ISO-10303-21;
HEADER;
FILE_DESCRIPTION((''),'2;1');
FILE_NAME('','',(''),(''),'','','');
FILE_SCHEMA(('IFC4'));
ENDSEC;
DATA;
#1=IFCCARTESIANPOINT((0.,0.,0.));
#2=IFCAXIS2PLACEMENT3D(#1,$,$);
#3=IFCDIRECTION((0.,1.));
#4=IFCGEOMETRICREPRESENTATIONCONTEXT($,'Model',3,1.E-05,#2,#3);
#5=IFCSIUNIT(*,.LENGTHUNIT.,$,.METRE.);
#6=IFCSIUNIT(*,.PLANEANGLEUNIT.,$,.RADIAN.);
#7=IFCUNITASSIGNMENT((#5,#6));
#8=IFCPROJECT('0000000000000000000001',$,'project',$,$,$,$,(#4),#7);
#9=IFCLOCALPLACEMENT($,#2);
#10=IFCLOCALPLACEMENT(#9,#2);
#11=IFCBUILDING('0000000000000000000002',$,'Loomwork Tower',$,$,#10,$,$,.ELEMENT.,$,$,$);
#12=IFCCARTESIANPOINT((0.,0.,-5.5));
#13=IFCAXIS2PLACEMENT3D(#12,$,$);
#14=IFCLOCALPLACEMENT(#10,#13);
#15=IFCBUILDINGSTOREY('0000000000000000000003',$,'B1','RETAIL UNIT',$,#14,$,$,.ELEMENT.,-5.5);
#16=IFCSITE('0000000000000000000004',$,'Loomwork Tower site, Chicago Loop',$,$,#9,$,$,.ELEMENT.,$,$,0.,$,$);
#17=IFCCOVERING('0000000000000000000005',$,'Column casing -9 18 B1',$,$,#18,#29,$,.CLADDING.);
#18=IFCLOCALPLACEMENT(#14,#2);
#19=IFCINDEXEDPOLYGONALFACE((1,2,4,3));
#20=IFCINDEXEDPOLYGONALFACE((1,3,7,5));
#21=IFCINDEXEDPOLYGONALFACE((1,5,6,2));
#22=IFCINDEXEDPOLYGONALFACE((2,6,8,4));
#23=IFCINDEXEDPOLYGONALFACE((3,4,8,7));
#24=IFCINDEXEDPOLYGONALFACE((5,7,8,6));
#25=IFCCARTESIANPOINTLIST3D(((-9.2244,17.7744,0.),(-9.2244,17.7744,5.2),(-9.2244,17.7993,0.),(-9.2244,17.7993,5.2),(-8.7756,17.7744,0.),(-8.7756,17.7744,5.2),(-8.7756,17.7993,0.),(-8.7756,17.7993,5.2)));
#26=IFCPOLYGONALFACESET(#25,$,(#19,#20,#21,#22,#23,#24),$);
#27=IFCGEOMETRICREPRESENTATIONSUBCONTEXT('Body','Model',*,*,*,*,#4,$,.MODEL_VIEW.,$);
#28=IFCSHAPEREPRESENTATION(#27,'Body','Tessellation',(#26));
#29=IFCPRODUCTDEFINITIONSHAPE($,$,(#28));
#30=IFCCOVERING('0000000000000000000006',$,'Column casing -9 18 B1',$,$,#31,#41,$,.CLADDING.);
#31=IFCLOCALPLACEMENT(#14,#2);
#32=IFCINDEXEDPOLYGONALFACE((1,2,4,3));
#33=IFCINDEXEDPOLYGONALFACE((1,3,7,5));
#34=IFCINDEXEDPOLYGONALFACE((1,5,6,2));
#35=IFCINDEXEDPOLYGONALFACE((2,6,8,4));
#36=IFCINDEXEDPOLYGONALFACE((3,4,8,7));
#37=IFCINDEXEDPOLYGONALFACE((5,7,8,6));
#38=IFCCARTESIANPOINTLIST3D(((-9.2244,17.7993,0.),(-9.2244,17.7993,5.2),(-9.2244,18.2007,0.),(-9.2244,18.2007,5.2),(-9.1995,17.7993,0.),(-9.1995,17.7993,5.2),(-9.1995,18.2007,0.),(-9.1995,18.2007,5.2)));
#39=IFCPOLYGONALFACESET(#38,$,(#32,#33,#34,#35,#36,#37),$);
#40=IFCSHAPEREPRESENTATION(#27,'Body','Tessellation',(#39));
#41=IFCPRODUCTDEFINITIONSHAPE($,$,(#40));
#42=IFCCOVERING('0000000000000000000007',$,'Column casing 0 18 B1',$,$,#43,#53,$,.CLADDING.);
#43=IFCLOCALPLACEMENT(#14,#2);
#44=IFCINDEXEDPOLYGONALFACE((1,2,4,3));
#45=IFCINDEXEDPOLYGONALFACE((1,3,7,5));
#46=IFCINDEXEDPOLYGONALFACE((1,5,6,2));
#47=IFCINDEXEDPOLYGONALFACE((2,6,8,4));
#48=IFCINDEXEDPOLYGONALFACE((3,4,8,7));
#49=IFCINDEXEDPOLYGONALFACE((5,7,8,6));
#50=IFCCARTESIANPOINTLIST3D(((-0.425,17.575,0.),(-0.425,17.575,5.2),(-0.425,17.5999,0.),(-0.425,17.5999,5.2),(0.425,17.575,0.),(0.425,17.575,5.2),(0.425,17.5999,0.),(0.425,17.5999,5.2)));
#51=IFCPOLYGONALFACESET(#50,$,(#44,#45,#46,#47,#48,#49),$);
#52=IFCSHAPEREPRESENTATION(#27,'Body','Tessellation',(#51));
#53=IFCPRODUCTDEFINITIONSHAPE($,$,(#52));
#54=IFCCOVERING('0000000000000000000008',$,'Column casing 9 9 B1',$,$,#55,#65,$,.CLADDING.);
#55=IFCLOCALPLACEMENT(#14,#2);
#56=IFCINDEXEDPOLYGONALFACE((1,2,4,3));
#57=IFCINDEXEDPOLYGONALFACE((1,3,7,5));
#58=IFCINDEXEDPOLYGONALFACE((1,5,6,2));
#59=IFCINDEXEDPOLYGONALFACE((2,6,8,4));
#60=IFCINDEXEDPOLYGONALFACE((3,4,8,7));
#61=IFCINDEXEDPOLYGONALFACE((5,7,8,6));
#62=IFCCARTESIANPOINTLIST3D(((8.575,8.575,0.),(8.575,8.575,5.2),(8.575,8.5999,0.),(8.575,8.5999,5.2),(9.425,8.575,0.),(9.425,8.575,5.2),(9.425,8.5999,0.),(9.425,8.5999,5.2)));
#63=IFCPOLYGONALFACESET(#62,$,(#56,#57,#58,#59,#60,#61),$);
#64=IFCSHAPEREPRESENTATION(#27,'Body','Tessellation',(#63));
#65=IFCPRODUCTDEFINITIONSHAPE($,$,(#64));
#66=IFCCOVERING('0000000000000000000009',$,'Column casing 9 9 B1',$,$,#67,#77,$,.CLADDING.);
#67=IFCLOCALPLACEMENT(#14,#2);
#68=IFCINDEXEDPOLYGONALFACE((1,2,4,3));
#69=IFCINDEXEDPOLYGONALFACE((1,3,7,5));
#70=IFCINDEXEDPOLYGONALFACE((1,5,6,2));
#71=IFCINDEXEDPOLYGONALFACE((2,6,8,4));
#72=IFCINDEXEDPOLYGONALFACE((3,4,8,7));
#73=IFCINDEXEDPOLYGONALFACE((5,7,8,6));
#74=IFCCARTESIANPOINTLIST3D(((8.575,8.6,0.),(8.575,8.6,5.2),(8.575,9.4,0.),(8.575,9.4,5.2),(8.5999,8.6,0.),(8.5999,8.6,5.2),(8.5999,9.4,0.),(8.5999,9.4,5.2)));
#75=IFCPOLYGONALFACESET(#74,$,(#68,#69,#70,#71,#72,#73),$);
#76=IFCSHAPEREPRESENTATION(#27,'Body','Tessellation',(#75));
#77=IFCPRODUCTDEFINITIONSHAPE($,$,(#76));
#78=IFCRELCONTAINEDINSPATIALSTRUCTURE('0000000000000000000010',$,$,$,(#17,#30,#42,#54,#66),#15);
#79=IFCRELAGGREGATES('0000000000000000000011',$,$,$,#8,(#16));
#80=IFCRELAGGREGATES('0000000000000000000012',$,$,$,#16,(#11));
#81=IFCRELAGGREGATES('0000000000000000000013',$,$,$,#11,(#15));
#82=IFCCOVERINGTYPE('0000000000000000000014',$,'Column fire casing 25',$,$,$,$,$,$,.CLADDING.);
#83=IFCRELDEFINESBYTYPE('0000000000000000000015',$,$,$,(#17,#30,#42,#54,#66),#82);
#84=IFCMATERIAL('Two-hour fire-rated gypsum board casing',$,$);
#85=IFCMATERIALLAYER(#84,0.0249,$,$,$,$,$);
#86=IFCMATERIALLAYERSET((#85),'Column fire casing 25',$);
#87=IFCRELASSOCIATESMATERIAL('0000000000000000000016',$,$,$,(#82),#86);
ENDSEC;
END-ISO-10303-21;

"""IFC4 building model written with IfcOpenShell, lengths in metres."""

from ifc_helpers import new_model, si_unit, direction, frame, origin, origin_2d, place, context, subcontext, project, spatial, rectangle, extrude, material, layer, layer_set, type_object, element, save


model = new_model("IFC4")

# Units and contexts
model_context = context("Model", 3, precision=1e-05, world=origin(), true_north=direction((0.0, 1.0)))
body_context = subcontext(model_context, "Body", "Model", "MODEL_VIEW")
ifc_project = project(units=[si_unit("LENGTHUNIT", "METRE"), si_unit("PLANEANGLEUNIT", "RADIAN")], contexts=[model_context])

# Site, building, storey
site_placement = place(None, origin())
site = spatial("IfcSite", under=ifc_project, at=site_placement, Name="Loomwork Tower site, Chicago Loop", CompositionType="ELEMENT", RefElevation=0.0)
building_placement = place(site_placement, origin())
building = spatial("IfcBuilding", under=site, at=building_placement, Name="Loomwork Tower", CompositionType="ELEMENT")
storey_placement = place(building_placement, frame((0.0, 0.0, -5.5)))
storey = spatial("IfcBuildingStorey", under=building, at=storey_placement, Name="B1", Description="RETAIL UNIT", CompositionType="ELEMENT", Elevation=-5.5)

# Coverings
ifc_material_1 = material(Name="Two-hour fire-rated gypsum board casing")
ifc_layer_1 = layer(ifc_material_1, 0.0249)
ifc_layer_set_1 = layer_set([ifc_layer_1], Name="Column fire casing 25")
covering_type = type_object("IfcCoveringType", Name="Column fire casing 25", PredefinedType="CLADDING", material=ifc_layer_set_1)
covering_1_placement = place(storey_placement, frame((-9.0, 17.7869, 0.0), z_axis=(0.0, 0.0, 1.0), x_axis=(1.0, 0.0, 0.0)))
element("IfcCovering", 1, at=covering_1_placement, inside=storey, type_object=covering_type, Name="Column casing -9 18 B1", PredefinedType="CLADDING", context=body_context, shape_type="SweptSolid", body=[
    extrude(rectangle(XDim=0.4487, YDim=0.0249, at=origin_2d()), origin(), (0.0, 0.0, 1.0), 5.2),
])
covering_2_placement = place(storey_placement, frame((-9.2119, 18.0, 0.0), z_axis=(0.0, 0.0, 1.0), x_axis=(1.0, 0.0, 0.0)))
element("IfcCovering", 2, at=covering_2_placement, inside=storey, type_object=covering_type, Name="Column casing -9 18 B1", PredefinedType="CLADDING", context=body_context, shape_type="SweptSolid", body=[
    extrude(rectangle(XDim=0.0249, YDim=0.4014, at=origin_2d()), origin(), (0.0, 0.0, 1.0), 5.2),
])
for number, where, z_axis, x_axis, name in (
    (3, (0.0, 17.5874, 0.0), (0.0, 0.0, 1.0), (1.0, 0.0, 0.0), "Column casing 0 18 B1"),
    (4, (9.0, 8.5874, 0.0), (0.0, 0.0, 1.0), (1.0, 0.0, 0.0), "Column casing 9 9 B1"),
):
    element("IfcCovering", number, at=place(storey_placement, frame(where, z_axis=z_axis, x_axis=x_axis)), inside=storey, type_object=covering_type, Name=name, PredefinedType="CLADDING", context=body_context, shape_type="SweptSolid", body=[
        extrude(rectangle(XDim=0.8501, YDim=0.0249, at=origin_2d()), origin(), (0.0, 0.0, 1.0), 5.2),
    ])
covering_3_placement = place(storey_placement, frame((8.5874, 9.0, 0.0), z_axis=(0.0, 0.0, 1.0), x_axis=(1.0, 0.0, 0.0)))
element("IfcCovering", 5, at=covering_3_placement, inside=storey, type_object=covering_type, Name="Column casing 9 9 B1", PredefinedType="CLADDING", context=body_context, shape_type="SweptSolid", body=[
    extrude(rectangle(XDim=0.0249, YDim=0.8, at=origin_2d()), origin(), (0.0, 0.0, 1.0), 5.2),
])

save(model, "model.ifc")
